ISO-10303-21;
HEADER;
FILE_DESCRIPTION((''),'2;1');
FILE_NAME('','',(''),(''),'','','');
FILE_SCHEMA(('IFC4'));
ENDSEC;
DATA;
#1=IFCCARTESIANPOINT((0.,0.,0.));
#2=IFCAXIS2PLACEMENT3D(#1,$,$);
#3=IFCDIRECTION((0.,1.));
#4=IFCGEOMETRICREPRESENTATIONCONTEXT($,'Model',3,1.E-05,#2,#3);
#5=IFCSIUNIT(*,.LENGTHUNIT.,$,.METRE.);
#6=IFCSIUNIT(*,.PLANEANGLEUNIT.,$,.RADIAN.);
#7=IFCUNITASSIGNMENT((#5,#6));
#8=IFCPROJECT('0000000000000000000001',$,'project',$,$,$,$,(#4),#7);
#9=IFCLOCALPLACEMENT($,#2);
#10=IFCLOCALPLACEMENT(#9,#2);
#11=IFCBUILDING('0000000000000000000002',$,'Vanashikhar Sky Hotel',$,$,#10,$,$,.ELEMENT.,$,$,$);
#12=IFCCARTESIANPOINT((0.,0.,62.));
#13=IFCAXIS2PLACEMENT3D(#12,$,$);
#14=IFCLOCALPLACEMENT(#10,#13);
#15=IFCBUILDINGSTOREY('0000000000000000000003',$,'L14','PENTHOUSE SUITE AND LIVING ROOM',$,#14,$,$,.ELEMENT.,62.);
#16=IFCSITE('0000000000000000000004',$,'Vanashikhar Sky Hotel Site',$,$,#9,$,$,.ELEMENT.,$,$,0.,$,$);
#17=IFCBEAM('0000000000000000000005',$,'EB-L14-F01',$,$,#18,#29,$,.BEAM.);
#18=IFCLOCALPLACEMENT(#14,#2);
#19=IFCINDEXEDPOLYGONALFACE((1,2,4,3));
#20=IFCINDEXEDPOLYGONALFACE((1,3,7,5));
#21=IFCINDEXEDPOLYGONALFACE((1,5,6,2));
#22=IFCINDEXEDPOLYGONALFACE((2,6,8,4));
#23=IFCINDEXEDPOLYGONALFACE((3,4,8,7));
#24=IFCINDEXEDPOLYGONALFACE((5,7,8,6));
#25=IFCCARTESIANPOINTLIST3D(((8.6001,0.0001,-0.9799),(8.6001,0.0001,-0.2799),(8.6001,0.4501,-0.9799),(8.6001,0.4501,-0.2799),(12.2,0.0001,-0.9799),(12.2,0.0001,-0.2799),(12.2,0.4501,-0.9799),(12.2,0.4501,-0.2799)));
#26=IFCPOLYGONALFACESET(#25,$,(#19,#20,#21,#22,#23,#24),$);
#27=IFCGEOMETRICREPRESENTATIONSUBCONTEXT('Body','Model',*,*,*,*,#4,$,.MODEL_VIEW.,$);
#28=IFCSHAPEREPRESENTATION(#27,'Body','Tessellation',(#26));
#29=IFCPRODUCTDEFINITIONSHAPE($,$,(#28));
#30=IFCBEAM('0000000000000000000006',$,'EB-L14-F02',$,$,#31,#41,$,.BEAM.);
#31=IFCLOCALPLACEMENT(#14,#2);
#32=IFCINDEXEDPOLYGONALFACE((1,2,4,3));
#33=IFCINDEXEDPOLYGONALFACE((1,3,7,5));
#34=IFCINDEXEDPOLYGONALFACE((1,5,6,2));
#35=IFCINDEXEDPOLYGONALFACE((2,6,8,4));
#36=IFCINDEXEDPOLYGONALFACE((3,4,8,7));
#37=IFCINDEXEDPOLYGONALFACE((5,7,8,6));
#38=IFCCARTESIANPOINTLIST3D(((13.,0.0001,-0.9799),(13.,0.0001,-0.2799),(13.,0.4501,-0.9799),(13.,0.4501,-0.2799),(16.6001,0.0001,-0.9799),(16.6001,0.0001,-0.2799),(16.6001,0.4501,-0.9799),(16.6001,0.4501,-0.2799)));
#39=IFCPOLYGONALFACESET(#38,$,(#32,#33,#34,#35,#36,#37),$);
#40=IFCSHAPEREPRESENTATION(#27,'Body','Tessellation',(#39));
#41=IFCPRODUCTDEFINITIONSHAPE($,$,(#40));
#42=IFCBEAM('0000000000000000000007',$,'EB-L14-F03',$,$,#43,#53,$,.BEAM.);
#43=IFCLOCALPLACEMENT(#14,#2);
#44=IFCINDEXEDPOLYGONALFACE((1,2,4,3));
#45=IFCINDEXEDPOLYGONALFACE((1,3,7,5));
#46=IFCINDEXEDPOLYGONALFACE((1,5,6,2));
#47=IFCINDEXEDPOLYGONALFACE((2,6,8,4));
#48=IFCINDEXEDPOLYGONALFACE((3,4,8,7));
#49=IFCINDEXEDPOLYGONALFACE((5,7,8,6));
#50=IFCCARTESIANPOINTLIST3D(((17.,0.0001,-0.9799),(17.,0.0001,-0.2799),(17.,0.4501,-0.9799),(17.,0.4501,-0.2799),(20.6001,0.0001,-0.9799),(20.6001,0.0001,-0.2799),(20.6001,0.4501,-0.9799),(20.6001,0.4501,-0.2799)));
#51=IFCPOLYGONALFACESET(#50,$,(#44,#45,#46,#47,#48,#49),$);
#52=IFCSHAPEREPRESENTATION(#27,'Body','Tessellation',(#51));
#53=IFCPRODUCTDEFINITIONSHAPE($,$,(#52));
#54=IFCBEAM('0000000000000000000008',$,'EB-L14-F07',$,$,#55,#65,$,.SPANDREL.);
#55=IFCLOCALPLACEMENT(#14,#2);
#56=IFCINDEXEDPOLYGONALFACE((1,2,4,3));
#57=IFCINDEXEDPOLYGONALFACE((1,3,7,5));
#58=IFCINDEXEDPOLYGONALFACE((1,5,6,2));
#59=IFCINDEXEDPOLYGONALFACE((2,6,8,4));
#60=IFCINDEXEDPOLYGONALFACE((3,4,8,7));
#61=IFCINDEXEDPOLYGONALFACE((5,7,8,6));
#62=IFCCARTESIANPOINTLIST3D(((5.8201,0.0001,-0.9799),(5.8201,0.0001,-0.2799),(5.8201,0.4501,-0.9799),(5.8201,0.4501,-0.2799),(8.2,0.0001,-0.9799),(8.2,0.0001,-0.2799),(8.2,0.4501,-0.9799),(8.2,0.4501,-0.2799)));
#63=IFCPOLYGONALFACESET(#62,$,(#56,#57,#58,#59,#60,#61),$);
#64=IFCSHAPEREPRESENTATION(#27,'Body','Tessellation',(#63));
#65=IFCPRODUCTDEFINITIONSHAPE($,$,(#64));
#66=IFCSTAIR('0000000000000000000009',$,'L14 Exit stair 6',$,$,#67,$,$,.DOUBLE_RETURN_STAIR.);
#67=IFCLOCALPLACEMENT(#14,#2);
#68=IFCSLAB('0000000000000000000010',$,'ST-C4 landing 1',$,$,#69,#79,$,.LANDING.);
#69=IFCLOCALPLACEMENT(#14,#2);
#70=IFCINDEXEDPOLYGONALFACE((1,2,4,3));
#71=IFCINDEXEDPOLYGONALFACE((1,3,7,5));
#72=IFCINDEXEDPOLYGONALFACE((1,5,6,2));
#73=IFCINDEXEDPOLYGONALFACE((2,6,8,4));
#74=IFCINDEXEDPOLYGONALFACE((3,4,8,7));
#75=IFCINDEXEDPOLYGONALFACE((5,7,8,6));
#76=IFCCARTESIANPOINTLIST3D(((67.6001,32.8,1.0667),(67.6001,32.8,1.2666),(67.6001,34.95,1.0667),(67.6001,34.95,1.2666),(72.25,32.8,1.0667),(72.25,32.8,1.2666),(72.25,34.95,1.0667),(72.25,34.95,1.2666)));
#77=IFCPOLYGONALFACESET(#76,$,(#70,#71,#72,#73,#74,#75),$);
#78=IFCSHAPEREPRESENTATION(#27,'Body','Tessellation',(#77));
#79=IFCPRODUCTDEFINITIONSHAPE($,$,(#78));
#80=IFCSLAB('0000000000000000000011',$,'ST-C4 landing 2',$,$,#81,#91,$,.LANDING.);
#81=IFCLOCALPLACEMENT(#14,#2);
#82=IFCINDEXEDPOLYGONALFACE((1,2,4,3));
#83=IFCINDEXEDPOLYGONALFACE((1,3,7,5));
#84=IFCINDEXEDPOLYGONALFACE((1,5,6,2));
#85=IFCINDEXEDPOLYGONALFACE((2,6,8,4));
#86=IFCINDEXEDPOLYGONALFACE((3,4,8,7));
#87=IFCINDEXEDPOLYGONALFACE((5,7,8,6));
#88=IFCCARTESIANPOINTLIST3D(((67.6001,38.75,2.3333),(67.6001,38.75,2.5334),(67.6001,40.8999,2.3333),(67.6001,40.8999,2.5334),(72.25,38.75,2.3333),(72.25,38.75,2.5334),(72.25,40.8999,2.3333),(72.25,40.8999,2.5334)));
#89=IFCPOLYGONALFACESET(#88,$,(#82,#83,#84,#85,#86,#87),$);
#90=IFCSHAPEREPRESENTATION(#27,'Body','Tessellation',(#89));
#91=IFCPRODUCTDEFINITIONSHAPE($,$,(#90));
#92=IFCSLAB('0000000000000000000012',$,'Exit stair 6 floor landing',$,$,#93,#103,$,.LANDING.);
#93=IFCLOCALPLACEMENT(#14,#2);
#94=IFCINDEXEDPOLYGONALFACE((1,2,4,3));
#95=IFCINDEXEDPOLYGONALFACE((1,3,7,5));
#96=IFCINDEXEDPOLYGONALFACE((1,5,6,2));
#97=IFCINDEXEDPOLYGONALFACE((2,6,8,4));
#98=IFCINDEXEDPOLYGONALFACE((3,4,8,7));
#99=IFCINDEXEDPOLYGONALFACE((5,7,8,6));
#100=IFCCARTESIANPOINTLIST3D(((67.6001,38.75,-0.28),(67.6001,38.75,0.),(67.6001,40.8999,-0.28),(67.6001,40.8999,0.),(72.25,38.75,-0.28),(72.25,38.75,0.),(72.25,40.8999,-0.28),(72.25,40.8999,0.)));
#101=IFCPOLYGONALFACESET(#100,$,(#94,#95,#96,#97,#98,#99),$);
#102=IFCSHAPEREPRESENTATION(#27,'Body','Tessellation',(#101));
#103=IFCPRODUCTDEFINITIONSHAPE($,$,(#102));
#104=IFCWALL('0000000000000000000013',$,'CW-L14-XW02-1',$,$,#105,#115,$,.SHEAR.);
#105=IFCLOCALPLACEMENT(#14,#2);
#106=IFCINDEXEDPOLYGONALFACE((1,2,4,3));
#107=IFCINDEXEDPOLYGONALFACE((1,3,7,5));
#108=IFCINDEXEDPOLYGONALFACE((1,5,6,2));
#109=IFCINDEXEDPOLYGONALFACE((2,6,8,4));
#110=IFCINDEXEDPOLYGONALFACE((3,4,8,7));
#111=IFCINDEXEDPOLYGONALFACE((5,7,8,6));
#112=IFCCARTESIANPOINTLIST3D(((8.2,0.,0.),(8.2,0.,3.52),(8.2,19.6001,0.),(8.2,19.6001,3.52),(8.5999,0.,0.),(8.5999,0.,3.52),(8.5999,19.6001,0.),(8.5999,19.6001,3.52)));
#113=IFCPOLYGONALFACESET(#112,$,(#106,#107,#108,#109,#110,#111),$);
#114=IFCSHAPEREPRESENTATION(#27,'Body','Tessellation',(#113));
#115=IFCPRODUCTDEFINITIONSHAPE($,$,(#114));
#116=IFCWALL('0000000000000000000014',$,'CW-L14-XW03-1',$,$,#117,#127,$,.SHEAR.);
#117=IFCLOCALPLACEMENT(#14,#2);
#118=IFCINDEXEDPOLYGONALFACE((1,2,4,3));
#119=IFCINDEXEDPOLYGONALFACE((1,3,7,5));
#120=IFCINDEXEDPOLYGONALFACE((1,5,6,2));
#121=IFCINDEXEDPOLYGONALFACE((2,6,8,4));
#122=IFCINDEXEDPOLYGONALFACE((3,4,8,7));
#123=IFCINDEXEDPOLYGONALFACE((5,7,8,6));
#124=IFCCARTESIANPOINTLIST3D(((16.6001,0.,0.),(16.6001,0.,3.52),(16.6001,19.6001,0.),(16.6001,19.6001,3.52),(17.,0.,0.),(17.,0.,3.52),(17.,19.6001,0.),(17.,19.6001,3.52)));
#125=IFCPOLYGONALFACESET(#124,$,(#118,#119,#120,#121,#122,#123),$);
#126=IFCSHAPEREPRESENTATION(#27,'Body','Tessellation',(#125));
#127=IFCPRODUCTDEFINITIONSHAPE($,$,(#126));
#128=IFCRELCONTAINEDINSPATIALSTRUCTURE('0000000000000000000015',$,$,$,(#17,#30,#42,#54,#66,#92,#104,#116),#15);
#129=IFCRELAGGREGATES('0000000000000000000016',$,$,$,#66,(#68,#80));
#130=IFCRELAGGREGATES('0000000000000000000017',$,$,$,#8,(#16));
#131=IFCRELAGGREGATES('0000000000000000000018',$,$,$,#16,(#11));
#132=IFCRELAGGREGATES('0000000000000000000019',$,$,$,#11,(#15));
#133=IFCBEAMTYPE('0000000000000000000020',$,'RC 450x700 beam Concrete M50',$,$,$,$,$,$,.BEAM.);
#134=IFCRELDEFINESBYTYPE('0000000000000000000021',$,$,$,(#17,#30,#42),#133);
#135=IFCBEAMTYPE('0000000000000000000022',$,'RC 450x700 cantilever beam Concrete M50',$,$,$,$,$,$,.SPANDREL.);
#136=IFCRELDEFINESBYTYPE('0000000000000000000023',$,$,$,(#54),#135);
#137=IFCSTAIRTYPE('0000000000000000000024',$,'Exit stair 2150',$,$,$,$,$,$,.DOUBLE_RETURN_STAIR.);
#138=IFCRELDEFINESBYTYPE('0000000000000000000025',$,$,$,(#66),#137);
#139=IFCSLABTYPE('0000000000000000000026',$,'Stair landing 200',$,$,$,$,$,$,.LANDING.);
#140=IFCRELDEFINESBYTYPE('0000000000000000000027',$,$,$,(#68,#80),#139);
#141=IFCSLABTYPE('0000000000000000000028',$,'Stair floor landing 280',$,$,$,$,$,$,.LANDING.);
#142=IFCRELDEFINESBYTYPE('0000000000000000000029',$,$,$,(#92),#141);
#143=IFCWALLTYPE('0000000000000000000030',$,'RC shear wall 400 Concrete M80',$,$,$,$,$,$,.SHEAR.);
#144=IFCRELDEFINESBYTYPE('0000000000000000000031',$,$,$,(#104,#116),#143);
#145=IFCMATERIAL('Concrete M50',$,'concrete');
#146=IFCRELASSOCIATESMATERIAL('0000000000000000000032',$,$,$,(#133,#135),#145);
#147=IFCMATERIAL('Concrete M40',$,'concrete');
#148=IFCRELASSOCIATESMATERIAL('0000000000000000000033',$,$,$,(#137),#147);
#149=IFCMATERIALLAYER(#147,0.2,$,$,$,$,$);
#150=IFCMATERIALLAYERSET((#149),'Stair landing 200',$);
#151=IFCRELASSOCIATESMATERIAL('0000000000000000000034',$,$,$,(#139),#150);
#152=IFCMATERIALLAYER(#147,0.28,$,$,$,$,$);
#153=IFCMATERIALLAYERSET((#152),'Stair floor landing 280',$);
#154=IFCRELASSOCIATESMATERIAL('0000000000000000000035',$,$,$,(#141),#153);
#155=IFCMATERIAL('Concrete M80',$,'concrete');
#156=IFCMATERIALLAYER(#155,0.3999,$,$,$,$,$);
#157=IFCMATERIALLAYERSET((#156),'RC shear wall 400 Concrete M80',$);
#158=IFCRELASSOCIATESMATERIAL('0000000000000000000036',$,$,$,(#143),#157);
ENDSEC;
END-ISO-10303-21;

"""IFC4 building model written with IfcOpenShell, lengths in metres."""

from ifc_helpers import new_model, si_unit, direction, frame, frame_2d, origin, origin_2d, place, context, subcontext, project, spatial, polyline, rectangle, outline, extrude, source, transform, mapped, material, layer, layer_set, material_profile, profile_set, type_object, element, aggregate, save


model = new_model("IFC4")

# Units and contexts
model_context = context("Model", 3, precision=1e-05, world=origin(), true_north=direction((0.0, 1.0)))
body_context = subcontext(model_context, "Body", "Model", "MODEL_VIEW")
ifc_project = project(units=[si_unit("LENGTHUNIT", "METRE"), si_unit("PLANEANGLEUNIT", "RADIAN")], contexts=[model_context])

# Site, building, storey
site_placement = place(None, origin())
site = spatial("IfcSite", under=ifc_project, at=site_placement, Name="Vanashikhar Sky Hotel Site", CompositionType="ELEMENT", RefElevation=0.0)
building_placement = place(site_placement, origin())
building = spatial("IfcBuilding", under=site, at=building_placement, Name="Vanashikhar Sky Hotel", CompositionType="ELEMENT")
storey_placement = place(building_placement, frame((0.0, 0.0, 62.0)))
storey = spatial("IfcBuildingStorey", under=building, at=storey_placement, Name="L14", Description="PENTHOUSE SUITE AND LIVING ROOM", CompositionType="ELEMENT", Elevation=62.0)

# Beams
ifc_material_1 = material(Name="Concrete M50", Category="concrete")
ifc_material_profile_1 = material_profile(ifc_material_1, rectangle(XDim=0.45, YDim=0.7, at=origin_2d()))
ifc_profile_set_1 = profile_set([ifc_material_profile_1], Name="RC 450x700 beam Concrete M50")
beam_type_1 = type_object("IfcBeamType", Name="RC 450x700 beam Concrete M50", PredefinedType="BEAM", material=ifc_profile_set_1)
shared_shape_1 = source(origin(), body_context, "Body", "SweptSolid", [
    extrude(rectangle(XDim=0.45, YDim=0.7, at=origin_2d()), origin(), (0.0, 0.0, 1.0), 3.5999),
])
beam_1_placement = place(storey_placement, frame((8.6001, 0.2251, -0.6299), z_axis=(1.0, 0.0, 0.0), x_axis=(0.0, 1.0, 0.0)))
element("IfcBeam", 1, at=beam_1_placement, inside=storey, type_object=beam_type_1, Name="EB-L14-F01", PredefinedType="BEAM", context=body_context, shape_type="MappedRepresentation", body=[
    mapped(shared_shape_1, transform((0.0, 0.0, 0.0), scale=1.0)),
])
shared_shape_2 = source(origin(), body_context, "Body", "SweptSolid", [
    extrude(rectangle(XDim=0.45, YDim=0.7, at=origin_2d()), origin(), (0.0, 0.0, 1.0), 3.6001),
])
for number, where, z_axis, x_axis, name in (
    (2, (13.0, 0.2251, -0.6299), (1.0, 0.0, 0.0), (0.0, 1.0, 0.0), "EB-L14-F02"),
    (3, (17.0, 0.2251, -0.6299), (1.0, 0.0, 0.0), (0.0, 1.0, 0.0), "EB-L14-F03"),
):
    element("IfcBeam", number, at=place(storey_placement, frame(where, z_axis=z_axis, x_axis=x_axis)), inside=storey, type_object=beam_type_1, Name=name, PredefinedType="BEAM", context=body_context, shape_type="MappedRepresentation", body=[
        mapped(shared_shape_2, transform((0.0, 0.0, 0.0), scale=1.0)),
    ])
ifc_material_profile_2 = material_profile(ifc_material_1, rectangle(XDim=0.45, YDim=0.7, at=origin_2d()))
ifc_profile_set_2 = profile_set([ifc_material_profile_2], Name="RC 450x700 cantilever beam Concrete M50")
beam_type_2 = type_object("IfcBeamType", Name="RC 450x700 cantilever beam Concrete M50", PredefinedType="SPANDREL", material=ifc_profile_set_2)
shared_shape_3 = source(origin(), body_context, "Body", "SweptSolid", [
    extrude(rectangle(XDim=0.45, YDim=0.7, at=origin_2d()), origin(), (0.0, 0.0, 1.0), 2.3799),
])
beam_2_placement = place(storey_placement, frame((5.8201, 0.2251, -0.6299), z_axis=(1.0, 0.0, 0.0), x_axis=(0.0, 1.0, 0.0)))
element("IfcBeam", 4, at=beam_2_placement, inside=storey, type_object=beam_type_2, Name="EB-L14-F07", PredefinedType="SPANDREL", context=body_context, shape_type="MappedRepresentation", body=[
    mapped(shared_shape_3, transform((0.0, 0.0, 0.0), scale=1.0)),
])

# Stair, slabs
ifc_material_2 = material(Name="Concrete M40", Category="concrete")
stair_type = type_object("IfcStairType", Name="Exit stair 2150", PredefinedType="DOUBLE_RETURN_STAIR", material=ifc_material_2)
stair_placement = place(storey_placement, origin())
stair = element("IfcStair", 5, at=stair_placement, inside=storey, type_object=stair_type, Name="L14 Exit stair 6", PredefinedType="DOUBLE_RETURN_STAIR")
ifc_layer_1 = layer(ifc_material_2, 0.2)
ifc_layer_set_1 = layer_set([ifc_layer_1], Name="Stair landing 200")
slab_type_1 = type_object("IfcSlabType", Name="Stair landing 200", PredefinedType="LANDING", material=ifc_layer_set_1)
shared_shape_4 = source(origin(), body_context, "Body", "SweptSolid", [
    extrude(outline(polyline([(72.25, 32.8), (72.25, 34.95), (67.6001, 34.95), (67.6001, 32.8), (72.25, 32.8)])), origin(), (0.0, 0.0, 1.0), 0.2),
])
slab_1_placement = place(storey_placement, frame((0.0, 0.0, 1.0667)))
slab_1 = element("IfcSlab", 6, at=slab_1_placement, type_object=slab_type_1, Name="ST-C4 landing 1", PredefinedType="LANDING", context=body_context, shape_type="MappedRepresentation", body=[
    mapped(shared_shape_4, transform((0.0, 0.0, 0.0), scale=1.0)),
])
shared_shape_5 = source(origin(), body_context, "Body", "SweptSolid", [
    extrude(outline(polyline([(72.25, 38.75), (72.25, 40.8999), (67.6001, 40.8999), (67.6001, 38.75), (72.25, 38.75)])), origin(), (0.0, 0.0, 1.0), 0.2002),
])
slab_2_placement = place(storey_placement, frame((0.0, 0.0, 2.3333)))
slab_2 = element("IfcSlab", 7, at=slab_2_placement, type_object=slab_type_1, Name="ST-C4 landing 2", PredefinedType="LANDING", context=body_context, shape_type="MappedRepresentation", body=[
    mapped(shared_shape_5, transform((0.0, 0.0, 0.0), scale=1.0)),
])
aggregate(stair, [slab_1, slab_2])

# Slab
ifc_layer_2 = layer(ifc_material_2, 0.28)
ifc_layer_set_2 = layer_set([ifc_layer_2], Name="Stair floor landing 280")
slab_type_2 = type_object("IfcSlabType", Name="Stair floor landing 280", PredefinedType="LANDING", material=ifc_layer_set_2)
shared_shape_6 = source(origin(), body_context, "Body", "SweptSolid", [
    extrude(outline(polyline([(72.25, 38.75), (72.25, 40.8999), (67.6001, 40.8999), (67.6001, 38.75), (72.25, 38.75)])), origin(), (0.0, 0.0, 1.0), 0.28),
])
slab_3_placement = place(storey_placement, frame((0.0, 0.0, -0.28)))
element("IfcSlab", 8, at=slab_3_placement, inside=storey, type_object=slab_type_2, Name="Exit stair 6 floor landing", PredefinedType="LANDING", context=body_context, shape_type="MappedRepresentation", body=[
    mapped(shared_shape_6, transform((0.0, 0.0, 0.0), scale=1.0)),
])

# Walls
ifc_material_3 = material(Name="Concrete M80", Category="concrete")
ifc_layer_3 = layer(ifc_material_3, 0.3999)
ifc_layer_set_3 = layer_set([ifc_layer_3], Name="RC shear wall 400 Concrete M80")
wall_type_1 = type_object("IfcWallType", Name="RC shear wall 400 Concrete M80", PredefinedType="SHEAR", material=ifc_layer_set_3)
shared_shape_7 = source(origin(), body_context, "Body", "SweptSolid", [
    extrude(rectangle(XDim=19.6001, YDim=0.3999, at=frame_2d((9.8, 0.0))), origin(), (0.0, 0.0, 1.0), 3.52),
])
for number, where, z_axis, x_axis, name in (
    (9, (8.3999, 0.0, 0.0), (0.0, 0.0, 1.0), (0.0, 1.0, 0.0), "CW-L14-XW02-1"),
    (10, (16.8, 0.0, 0.0), (0.0, 0.0, 1.0), (0.0, 1.0, 0.0), "CW-L14-XW03-1"),
):
    element("IfcWall", number, at=place(storey_placement, frame(where, z_axis=z_axis, x_axis=x_axis)), inside=storey, type_object=wall_type_1, Name=name, PredefinedType="SHEAR", context=body_context, shape_type="MappedRepresentation", body=[
        mapped(shared_shape_7, transform((0.0, 0.0, 0.0), scale=1.0)),
    ])

save(model, "model.ifc")
